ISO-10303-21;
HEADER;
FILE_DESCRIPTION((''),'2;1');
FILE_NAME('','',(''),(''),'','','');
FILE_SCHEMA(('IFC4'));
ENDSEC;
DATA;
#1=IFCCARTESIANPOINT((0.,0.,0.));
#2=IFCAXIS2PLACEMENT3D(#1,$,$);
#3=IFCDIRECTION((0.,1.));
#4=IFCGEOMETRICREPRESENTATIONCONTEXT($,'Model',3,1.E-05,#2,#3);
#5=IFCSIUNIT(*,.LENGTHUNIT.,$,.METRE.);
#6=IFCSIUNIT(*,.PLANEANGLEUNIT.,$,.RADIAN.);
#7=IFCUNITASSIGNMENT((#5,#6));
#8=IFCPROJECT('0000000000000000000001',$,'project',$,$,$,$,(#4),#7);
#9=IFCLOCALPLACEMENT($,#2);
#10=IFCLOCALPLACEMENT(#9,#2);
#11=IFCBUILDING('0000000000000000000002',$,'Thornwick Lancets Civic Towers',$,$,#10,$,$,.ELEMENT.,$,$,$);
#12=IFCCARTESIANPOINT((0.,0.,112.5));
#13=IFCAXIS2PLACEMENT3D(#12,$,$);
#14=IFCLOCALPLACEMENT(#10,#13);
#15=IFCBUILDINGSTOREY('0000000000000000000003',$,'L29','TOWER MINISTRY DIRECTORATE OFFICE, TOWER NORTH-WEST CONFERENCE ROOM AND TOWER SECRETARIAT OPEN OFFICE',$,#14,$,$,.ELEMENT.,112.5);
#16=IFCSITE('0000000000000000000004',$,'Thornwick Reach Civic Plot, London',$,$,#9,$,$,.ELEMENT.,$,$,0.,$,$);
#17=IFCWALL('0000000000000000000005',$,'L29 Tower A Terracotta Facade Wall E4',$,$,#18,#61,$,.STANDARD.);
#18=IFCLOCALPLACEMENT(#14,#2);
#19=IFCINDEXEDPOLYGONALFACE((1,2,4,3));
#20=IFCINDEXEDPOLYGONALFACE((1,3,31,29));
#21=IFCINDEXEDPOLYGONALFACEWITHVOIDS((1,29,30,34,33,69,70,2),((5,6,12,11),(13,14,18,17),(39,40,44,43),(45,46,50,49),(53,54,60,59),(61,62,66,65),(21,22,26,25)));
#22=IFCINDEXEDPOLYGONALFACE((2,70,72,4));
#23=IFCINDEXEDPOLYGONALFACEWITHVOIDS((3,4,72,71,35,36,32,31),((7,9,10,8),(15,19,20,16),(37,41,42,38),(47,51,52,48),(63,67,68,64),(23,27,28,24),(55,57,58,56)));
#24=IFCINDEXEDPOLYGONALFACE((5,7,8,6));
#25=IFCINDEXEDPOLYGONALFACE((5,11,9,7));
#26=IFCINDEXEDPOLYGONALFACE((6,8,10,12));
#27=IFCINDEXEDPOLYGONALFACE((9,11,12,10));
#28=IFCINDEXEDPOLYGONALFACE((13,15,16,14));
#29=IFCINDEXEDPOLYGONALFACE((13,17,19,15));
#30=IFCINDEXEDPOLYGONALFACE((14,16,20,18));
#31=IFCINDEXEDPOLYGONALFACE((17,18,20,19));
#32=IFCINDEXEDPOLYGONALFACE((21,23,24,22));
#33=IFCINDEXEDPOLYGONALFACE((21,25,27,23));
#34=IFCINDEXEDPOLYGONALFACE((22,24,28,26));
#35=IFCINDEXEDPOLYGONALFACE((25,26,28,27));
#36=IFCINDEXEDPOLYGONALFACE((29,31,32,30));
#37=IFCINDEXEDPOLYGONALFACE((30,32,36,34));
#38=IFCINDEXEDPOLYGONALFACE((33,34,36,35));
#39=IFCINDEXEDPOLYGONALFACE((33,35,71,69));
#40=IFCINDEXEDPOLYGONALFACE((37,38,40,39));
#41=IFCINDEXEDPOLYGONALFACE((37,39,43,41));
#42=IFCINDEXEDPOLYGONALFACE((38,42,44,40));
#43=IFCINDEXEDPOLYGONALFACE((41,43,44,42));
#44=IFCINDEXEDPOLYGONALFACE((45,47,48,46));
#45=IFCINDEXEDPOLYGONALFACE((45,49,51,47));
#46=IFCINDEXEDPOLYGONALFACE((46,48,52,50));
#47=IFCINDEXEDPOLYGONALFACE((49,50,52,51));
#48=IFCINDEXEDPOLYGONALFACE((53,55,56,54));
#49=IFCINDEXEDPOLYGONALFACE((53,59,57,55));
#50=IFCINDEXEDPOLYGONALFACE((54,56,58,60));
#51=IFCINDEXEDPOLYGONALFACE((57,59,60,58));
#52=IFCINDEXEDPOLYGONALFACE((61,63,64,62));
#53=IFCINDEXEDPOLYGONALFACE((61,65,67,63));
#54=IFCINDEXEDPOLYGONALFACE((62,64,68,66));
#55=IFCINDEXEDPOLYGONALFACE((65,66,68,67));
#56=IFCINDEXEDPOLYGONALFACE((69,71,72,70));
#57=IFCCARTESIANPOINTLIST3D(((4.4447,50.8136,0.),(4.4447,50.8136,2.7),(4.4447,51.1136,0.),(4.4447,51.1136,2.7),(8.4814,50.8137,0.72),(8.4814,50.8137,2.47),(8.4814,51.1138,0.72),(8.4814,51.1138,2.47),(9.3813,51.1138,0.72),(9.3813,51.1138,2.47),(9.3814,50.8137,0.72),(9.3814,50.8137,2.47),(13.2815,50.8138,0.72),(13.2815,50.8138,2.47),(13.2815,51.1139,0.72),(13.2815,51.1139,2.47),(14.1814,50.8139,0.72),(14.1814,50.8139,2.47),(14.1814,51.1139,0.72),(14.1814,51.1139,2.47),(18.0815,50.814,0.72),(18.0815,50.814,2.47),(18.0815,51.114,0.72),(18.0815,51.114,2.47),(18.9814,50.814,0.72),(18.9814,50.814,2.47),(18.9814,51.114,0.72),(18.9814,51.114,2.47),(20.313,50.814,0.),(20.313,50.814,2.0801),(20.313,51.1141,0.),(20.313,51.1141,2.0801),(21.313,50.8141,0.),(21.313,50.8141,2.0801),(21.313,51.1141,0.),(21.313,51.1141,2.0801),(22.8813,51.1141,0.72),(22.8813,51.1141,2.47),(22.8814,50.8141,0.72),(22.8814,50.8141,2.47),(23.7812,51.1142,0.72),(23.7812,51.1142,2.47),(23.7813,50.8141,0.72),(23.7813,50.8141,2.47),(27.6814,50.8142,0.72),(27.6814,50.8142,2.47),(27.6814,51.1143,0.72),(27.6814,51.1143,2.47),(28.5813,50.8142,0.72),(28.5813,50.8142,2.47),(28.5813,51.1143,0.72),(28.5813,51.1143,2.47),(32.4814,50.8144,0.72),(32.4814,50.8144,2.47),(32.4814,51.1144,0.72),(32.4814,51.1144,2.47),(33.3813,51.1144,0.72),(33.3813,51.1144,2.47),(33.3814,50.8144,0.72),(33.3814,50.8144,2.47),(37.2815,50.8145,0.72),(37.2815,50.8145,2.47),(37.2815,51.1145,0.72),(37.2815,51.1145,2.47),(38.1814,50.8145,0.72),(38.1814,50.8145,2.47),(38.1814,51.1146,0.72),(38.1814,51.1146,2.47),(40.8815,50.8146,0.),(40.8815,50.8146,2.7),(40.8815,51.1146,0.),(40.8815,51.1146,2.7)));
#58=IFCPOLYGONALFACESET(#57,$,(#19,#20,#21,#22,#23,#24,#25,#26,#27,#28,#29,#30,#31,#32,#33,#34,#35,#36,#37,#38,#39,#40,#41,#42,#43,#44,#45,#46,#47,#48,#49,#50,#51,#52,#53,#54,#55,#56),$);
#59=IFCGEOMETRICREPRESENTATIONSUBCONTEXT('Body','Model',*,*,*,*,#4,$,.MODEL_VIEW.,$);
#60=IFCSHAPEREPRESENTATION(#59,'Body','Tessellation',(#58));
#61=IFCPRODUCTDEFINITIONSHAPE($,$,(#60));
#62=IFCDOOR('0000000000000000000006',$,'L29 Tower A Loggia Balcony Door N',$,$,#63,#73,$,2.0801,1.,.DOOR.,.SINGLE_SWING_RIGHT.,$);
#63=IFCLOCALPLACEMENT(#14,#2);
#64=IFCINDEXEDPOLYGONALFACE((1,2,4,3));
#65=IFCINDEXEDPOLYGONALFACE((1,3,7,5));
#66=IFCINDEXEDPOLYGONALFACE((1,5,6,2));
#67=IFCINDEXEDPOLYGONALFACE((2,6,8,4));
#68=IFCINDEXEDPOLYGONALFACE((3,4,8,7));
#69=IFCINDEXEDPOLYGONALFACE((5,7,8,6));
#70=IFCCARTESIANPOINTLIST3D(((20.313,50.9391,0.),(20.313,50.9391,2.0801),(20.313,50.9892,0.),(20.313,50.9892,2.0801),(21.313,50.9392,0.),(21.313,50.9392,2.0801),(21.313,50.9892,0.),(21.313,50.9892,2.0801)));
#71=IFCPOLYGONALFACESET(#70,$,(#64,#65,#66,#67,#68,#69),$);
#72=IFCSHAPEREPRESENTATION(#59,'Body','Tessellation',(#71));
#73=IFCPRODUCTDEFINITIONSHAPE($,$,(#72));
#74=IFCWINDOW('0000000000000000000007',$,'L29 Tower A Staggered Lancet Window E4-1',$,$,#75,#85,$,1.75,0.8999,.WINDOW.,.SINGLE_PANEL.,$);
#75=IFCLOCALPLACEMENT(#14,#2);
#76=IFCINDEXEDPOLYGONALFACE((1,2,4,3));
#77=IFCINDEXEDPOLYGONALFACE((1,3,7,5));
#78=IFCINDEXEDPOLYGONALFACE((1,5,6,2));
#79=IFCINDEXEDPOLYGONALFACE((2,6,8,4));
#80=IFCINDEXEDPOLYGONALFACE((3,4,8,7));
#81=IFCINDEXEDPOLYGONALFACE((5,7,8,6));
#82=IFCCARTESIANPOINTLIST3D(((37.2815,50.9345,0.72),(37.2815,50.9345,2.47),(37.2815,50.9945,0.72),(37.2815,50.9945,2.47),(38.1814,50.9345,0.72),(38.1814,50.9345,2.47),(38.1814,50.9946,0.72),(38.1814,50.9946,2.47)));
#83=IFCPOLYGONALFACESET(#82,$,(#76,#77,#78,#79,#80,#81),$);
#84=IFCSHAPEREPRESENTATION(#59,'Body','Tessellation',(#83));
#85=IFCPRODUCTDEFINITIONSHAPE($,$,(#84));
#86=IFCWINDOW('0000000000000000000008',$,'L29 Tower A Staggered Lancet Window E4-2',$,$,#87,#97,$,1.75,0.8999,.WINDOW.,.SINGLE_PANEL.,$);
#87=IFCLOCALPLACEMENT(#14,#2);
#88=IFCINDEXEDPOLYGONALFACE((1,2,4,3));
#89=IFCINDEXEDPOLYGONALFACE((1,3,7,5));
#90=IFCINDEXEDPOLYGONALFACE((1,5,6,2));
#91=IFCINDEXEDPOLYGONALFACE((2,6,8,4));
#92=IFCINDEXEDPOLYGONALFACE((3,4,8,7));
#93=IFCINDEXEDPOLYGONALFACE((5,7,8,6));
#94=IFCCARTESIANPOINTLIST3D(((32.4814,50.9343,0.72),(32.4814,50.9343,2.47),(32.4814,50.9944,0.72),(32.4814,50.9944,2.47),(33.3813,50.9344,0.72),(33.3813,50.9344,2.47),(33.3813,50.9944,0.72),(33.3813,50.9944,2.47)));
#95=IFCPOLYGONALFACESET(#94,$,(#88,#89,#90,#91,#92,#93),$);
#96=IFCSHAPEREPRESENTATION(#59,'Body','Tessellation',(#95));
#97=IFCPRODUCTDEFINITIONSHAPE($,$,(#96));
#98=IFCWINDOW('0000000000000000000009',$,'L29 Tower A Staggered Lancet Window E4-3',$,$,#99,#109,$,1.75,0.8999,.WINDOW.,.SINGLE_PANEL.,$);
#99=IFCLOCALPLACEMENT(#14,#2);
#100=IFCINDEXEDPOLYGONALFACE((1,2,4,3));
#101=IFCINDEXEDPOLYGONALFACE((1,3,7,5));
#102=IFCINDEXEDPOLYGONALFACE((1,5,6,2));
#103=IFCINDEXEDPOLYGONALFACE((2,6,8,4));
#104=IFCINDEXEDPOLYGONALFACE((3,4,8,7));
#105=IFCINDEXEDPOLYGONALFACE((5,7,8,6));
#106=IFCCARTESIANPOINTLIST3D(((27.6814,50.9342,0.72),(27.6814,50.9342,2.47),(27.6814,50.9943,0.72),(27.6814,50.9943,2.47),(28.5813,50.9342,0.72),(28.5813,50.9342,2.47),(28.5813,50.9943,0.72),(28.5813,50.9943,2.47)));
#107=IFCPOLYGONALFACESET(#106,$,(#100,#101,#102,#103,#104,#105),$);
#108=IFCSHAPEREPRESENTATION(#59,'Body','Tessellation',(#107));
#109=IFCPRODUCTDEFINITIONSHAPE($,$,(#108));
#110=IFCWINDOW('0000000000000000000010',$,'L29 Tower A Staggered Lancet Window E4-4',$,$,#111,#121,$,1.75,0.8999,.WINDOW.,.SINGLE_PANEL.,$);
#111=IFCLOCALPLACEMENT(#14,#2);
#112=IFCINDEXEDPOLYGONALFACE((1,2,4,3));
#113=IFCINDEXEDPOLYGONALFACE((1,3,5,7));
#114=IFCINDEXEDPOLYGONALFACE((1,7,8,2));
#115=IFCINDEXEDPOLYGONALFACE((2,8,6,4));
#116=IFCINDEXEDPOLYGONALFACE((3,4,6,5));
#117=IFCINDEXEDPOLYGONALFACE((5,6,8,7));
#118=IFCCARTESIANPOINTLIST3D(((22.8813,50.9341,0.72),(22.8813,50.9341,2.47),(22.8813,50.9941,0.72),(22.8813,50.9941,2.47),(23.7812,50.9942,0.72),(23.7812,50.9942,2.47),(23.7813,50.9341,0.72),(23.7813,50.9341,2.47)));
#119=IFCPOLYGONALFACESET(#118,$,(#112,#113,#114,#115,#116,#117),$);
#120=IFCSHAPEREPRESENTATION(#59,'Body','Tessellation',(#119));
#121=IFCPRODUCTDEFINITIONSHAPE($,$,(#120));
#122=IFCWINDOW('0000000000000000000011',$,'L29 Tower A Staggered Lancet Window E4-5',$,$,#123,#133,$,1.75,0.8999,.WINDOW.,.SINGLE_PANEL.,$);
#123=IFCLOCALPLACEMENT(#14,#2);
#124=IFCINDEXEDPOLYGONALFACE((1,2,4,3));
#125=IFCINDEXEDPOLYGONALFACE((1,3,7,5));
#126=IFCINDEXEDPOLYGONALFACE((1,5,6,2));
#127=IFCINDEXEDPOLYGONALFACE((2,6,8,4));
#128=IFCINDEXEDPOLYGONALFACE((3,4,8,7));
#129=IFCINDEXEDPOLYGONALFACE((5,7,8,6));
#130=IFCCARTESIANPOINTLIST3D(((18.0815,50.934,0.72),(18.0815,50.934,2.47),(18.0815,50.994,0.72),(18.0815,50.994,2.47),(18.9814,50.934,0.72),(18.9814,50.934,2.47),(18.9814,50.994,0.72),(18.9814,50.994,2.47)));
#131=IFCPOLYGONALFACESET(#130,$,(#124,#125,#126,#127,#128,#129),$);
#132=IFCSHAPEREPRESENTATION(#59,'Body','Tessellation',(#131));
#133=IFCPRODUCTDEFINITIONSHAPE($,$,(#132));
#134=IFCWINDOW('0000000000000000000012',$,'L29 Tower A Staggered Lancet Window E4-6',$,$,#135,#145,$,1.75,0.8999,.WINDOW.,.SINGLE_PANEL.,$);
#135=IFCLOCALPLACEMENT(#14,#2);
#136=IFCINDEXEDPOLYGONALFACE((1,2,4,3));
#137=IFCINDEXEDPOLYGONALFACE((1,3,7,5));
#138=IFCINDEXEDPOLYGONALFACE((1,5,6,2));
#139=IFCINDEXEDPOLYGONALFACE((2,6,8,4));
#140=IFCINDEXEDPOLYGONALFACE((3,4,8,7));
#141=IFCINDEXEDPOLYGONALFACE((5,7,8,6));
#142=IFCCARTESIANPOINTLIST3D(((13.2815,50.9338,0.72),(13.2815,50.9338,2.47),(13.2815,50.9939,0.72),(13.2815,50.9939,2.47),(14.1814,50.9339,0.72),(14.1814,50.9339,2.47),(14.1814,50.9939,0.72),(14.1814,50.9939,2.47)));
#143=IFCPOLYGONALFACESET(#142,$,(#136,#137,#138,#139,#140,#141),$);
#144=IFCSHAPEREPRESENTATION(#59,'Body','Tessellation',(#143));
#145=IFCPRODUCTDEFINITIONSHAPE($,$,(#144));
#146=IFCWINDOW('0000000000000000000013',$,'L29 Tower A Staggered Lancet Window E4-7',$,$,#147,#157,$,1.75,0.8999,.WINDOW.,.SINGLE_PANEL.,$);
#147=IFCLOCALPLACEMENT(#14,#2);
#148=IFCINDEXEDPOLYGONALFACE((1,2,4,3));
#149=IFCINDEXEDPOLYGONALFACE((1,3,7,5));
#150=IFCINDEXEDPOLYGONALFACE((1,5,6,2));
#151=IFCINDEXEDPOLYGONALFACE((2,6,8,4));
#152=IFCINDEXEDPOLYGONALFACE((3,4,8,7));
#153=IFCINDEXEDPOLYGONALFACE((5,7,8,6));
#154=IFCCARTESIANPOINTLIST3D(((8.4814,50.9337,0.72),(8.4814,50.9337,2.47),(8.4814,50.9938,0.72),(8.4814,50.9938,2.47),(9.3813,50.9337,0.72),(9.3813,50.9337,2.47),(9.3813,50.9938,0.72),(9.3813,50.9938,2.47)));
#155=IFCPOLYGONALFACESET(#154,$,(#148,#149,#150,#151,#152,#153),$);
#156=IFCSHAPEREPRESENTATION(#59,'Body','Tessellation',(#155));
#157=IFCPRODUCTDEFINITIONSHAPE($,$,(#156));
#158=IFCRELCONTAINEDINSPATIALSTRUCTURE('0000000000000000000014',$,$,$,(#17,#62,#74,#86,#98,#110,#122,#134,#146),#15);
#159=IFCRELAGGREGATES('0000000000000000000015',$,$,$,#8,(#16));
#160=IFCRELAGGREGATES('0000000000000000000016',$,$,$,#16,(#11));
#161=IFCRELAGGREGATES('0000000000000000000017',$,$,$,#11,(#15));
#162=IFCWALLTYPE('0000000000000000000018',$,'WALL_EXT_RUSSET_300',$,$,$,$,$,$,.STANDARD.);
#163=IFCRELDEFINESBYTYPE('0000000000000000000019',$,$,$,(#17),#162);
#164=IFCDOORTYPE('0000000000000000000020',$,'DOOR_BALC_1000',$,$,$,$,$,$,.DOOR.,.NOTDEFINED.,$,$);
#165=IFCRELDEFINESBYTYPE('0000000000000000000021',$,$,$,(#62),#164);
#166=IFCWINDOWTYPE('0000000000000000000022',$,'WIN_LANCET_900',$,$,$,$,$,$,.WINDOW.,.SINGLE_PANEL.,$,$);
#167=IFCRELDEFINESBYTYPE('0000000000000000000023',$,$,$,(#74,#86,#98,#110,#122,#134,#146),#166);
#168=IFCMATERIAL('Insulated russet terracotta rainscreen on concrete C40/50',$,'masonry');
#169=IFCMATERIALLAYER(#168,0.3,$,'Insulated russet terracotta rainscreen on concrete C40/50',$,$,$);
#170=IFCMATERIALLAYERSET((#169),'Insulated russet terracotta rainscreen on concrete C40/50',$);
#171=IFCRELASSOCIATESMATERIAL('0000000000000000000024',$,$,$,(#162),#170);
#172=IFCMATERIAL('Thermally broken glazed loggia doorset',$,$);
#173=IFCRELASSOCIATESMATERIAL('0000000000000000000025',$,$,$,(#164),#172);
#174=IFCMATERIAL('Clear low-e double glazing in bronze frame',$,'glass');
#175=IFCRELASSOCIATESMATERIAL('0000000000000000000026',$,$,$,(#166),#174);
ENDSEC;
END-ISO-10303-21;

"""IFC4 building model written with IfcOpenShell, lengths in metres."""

from ifc_helpers import new_model, si_unit, direction, frame, frame_2d, origin, place, context, subcontext, project, spatial, rectangle, extrude, material, layer, layer_set, type_object, element, fill, save


model = new_model("IFC4")

# Units and contexts
model_context = context("Model", 3, precision=1e-05, world=origin(), true_north=direction((0.0, 1.0)))
body_context = subcontext(model_context, "Body", "Model", "MODEL_VIEW")
ifc_project = project(units=[si_unit("LENGTHUNIT", "METRE"), si_unit("PLANEANGLEUNIT", "RADIAN")], contexts=[model_context])

# Site, building, storey
site_placement = place(None, origin())
site = spatial("IfcSite", under=ifc_project, at=site_placement, Name="Thornwick Reach Civic Plot, London", CompositionType="ELEMENT", RefElevation=0.0)
building_placement = place(site_placement, origin())
building = spatial("IfcBuilding", under=site, at=building_placement, Name="Thornwick Lancets Civic Towers", CompositionType="ELEMENT")
storey_placement = place(building_placement, frame((0.0, 0.0, 112.5)))
storey = spatial("IfcBuildingStorey", under=building, at=storey_placement, Name="L29", Description="TOWER MINISTRY DIRECTORATE OFFICE, TOWER NORTH-WEST CONFERENCE ROOM AND TOWER SECRETARIAT OPEN OFFICE", CompositionType="ELEMENT", Elevation=112.5)

# Wall, openings, door, windows
ifc_material_1 = material(Name="Insulated russet terracotta rainscreen on concrete C40/50", Category="masonry")
ifc_layer_1 = layer(ifc_material_1, 0.3, Name="Insulated russet terracotta rainscreen on concrete C40/50")
ifc_layer_set_1 = layer_set([ifc_layer_1], Name="Insulated russet terracotta rainscreen on concrete C40/50")
wall_type_1 = type_object("IfcWallType", Name="WALL_EXT_RUSSET_300", PredefinedType="STANDARD", material=ifc_layer_set_1)
wall_1_placement = place(storey_placement, frame((40.8813, 50.9646, 0.0), z_axis=(0.0, 0.0, 1.0), x_axis=(-1.0, -0.000027, 0.0)))
wall_1 = element("IfcWall", 1, at=wall_1_placement, inside=storey, type_object=wall_type_1, Name="L29 Tower A Terracotta Facade Wall E4", PredefinedType="STANDARD", context=body_context, shape_type="SweptSolid", body=[
    extrude(rectangle(XDim=36.4368, YDim=0.3, at=frame_2d((18.2183, 0.0))), origin(), (0.0, 0.0, 1.0), 2.7),
])
opening_1_placement = place(wall_1_placement, frame((19.5684, 0.0, 0.0)))
opening_1 = element("IfcOpeningElement", 2, at=opening_1_placement, cuts=wall_1, PredefinedType="OPENING", context=body_context, shape_type="SweptSolid", body=[
    extrude(rectangle(XDim=1.0, YDim=2.0801, at=frame_2d((0.5, 1.04))), frame((0.0, 0.1602, 0.0), z_axis=(0.0, -1.0, 0.0), x_axis=(1.0, 0.0, 0.0)), (0.0, 0.0, 1.0), 0.3201),
])
opening_2_placement = place(wall_1_placement, frame((2.7, 0.0, 0.72)))
opening_2 = element("IfcOpeningElement", 3, at=opening_2_placement, cuts=wall_1, PredefinedType="OPENING", context=body_context, shape_type="SweptSolid", body=[
    extrude(rectangle(XDim=0.8999, YDim=1.75, at=frame_2d((0.45, 0.875))), frame((0.0, 0.1602, 0.0), z_axis=(0.0, -1.0, 0.0), x_axis=(1.0, 0.0, 0.0)), (0.0, 0.0, 1.0), 0.3201),
])
opening_3_placement = place(wall_1_placement, frame((7.5, 0.0, 0.72)))
opening_3 = element("IfcOpeningElement", 4, at=opening_3_placement, cuts=wall_1, PredefinedType="OPENING", context=body_context, shape_type="SweptSolid", body=[
    extrude(rectangle(XDim=0.8999, YDim=1.75, at=frame_2d((0.45, 0.875))), frame((0.0, 0.1602, 0.0), z_axis=(0.0, -1.0, 0.0), x_axis=(1.0, 0.0, 0.0)), (0.0, 0.0, 1.0), 0.3201),
])
opening_4_placement = place(wall_1_placement, frame((12.3, 0.0, 0.72)))
opening_4 = element("IfcOpeningElement", 5, at=opening_4_placement, cuts=wall_1, PredefinedType="OPENING", context=body_context, shape_type="SweptSolid", body=[
    extrude(rectangle(XDim=0.8999, YDim=1.75, at=frame_2d((0.45, 0.875))), frame((0.0, 0.1602, 0.0), z_axis=(0.0, -1.0, 0.0), x_axis=(1.0, 0.0, 0.0)), (0.0, 0.0, 1.0), 0.3201),
])
opening_5_placement = place(wall_1_placement, frame((17.1001, 0.0, 0.72)))
opening_5 = element("IfcOpeningElement", 6, at=opening_5_placement, cuts=wall_1, PredefinedType="OPENING", context=body_context, shape_type="SweptSolid", body=[
    extrude(rectangle(XDim=0.8999, YDim=1.75, at=frame_2d((0.45, 0.875))), frame((0.0, 0.1602, 0.0), z_axis=(0.0, -1.0, 0.0), x_axis=(1.0, 0.0, 0.0)), (0.0, 0.0, 1.0), 0.3201),
])
opening_6_placement = place(wall_1_placement, frame((21.8999, 0.0, 0.72)))
opening_6 = element("IfcOpeningElement", 7, at=opening_6_placement, cuts=wall_1, PredefinedType="OPENING", context=body_context, shape_type="SweptSolid", body=[
    extrude(rectangle(XDim=0.8999, YDim=1.75, at=frame_2d((0.45, 0.875))), frame((0.0, 0.1602, 0.0), z_axis=(0.0, -1.0, 0.0), x_axis=(1.0, 0.0, 0.0)), (0.0, 0.0, 1.0), 0.3201),
])
opening_7_placement = place(wall_1_placement, frame((26.7, 0.0, 0.72)))
opening_7 = element("IfcOpeningElement", 8, at=opening_7_placement, cuts=wall_1, PredefinedType="OPENING", context=body_context, shape_type="SweptSolid", body=[
    extrude(rectangle(XDim=0.8999, YDim=1.75, at=frame_2d((0.45, 0.875))), frame((0.0, 0.1602, 0.0), z_axis=(0.0, -1.0, 0.0), x_axis=(1.0, 0.0, 0.0)), (0.0, 0.0, 1.0), 0.3201),
])
opening_8_placement = place(wall_1_placement, frame((31.5, 0.0, 0.72)))
opening_8 = element("IfcOpeningElement", 9, at=opening_8_placement, cuts=wall_1, PredefinedType="OPENING", context=body_context, shape_type="SweptSolid", body=[
    extrude(rectangle(XDim=0.8999, YDim=1.75, at=frame_2d((0.45, 0.875))), frame((0.0, 0.1602, 0.0), z_axis=(0.0, -1.0, 0.0), x_axis=(1.0, 0.0, 0.0)), (0.0, 0.0, 1.0), 0.3201),
])
ifc_material_2 = material(Name="Thermally broken glazed loggia doorset")
door_type_1 = type_object("IfcDoorType", Name="DOOR_BALC_1000", OperationType="NOTDEFINED", PredefinedType="DOOR", material=ifc_material_2)
door_1_placement = place(opening_1_placement, origin())
door_1 = element("IfcDoor", 10, at=door_1_placement, inside=storey, type_object=door_type_1, Name="L29 Tower A Loggia Balcony Door N", OperationType="SINGLE_SWING_RIGHT", OverallHeight=2.0801, OverallWidth=1.0, PredefinedType="DOOR", context=body_context, shape_type="SweptSolid", body=[
    extrude(rectangle(XDim=1.0, YDim=2.0801, at=frame_2d((0.5, 1.04))), frame((0.0, 0.0249, 0.0), z_axis=(0.0, -1.0, 0.0), x_axis=(1.0, 0.0, 0.0)), (0.0, 0.0, 1.0), 0.05),
])
fill(opening_1, door_1)
ifc_material_3 = material(Name="Clear low-e double glazing in bronze frame", Category="glass")
window_type = type_object("IfcWindowType", Name="WIN_LANCET_900", PartitioningType="SINGLE_PANEL", PredefinedType="WINDOW", material=ifc_material_3)
window_1_placement = place(opening_2_placement, origin())
window_1 = element("IfcWindow", 11, at=window_1_placement, inside=storey, type_object=window_type, Name="L29 Tower A Staggered Lancet Window E4-1", OverallHeight=1.75, OverallWidth=0.8999, PartitioningType="SINGLE_PANEL", PredefinedType="WINDOW", context=body_context, shape_type="SweptSolid", body=[
    extrude(rectangle(XDim=0.8999, YDim=1.75, at=frame_2d((0.45, 0.875))), frame((0.0, 0.03, 0.0), z_axis=(0.0, -1.0, 0.0), x_axis=(1.0, 0.0, 0.0)), (0.0, 0.0, 1.0), 0.0601),
])
fill(opening_2, window_1)
window_2_placement = place(opening_3_placement, origin())
window_2 = element("IfcWindow", 12, at=window_2_placement, inside=storey, type_object=window_type, Name="L29 Tower A Staggered Lancet Window E4-2", OverallHeight=1.75, OverallWidth=0.8999, PartitioningType="SINGLE_PANEL", PredefinedType="WINDOW", context=body_context, shape_type="SweptSolid", body=[
    extrude(rectangle(XDim=0.8999, YDim=1.75, at=frame_2d((0.45, 0.875))), frame((0.0, 0.03, 0.0), z_axis=(0.0, -1.0, 0.0), x_axis=(1.0, 0.0, 0.0)), (0.0, 0.0, 1.0), 0.0601),
])
fill(opening_3, window_2)
window_3_placement = place(opening_4_placement, origin())
window_3 = element("IfcWindow", 13, at=window_3_placement, inside=storey, type_object=window_type, Name="L29 Tower A Staggered Lancet Window E4-3", OverallHeight=1.75, OverallWidth=0.8999, PartitioningType="SINGLE_PANEL", PredefinedType="WINDOW", context=body_context, shape_type="SweptSolid", body=[
    extrude(rectangle(XDim=0.8999, YDim=1.75, at=frame_2d((0.45, 0.875))), frame((0.0, 0.03, 0.0), z_axis=(0.0, -1.0, 0.0), x_axis=(1.0, 0.0, 0.0)), (0.0, 0.0, 1.0), 0.0601),
])
fill(opening_4, window_3)
window_4_placement = place(opening_5_placement, origin())
window_4 = element("IfcWindow", 14, at=window_4_placement, inside=storey, type_object=window_type, Name="L29 Tower A Staggered Lancet Window E4-4", OverallHeight=1.75, OverallWidth=0.8999, PartitioningType="SINGLE_PANEL", PredefinedType="WINDOW", context=body_context, shape_type="SweptSolid", body=[
    extrude(rectangle(XDim=0.8999, YDim=1.75, at=frame_2d((0.45, 0.875))), frame((0.0, 0.03, 0.0), z_axis=(0.0, -1.0, 0.0), x_axis=(1.0, 0.0, 0.0)), (0.0, 0.0, 1.0), 0.0601),
])
fill(opening_5, window_4)
window_5_placement = place(opening_6_placement, origin())
window_5 = element("IfcWindow", 15, at=window_5_placement, inside=storey, type_object=window_type, Name="L29 Tower A Staggered Lancet Window E4-5", OverallHeight=1.75, OverallWidth=0.8999, PartitioningType="SINGLE_PANEL", PredefinedType="WINDOW", context=body_context, shape_type="SweptSolid", body=[
    extrude(rectangle(XDim=0.8999, YDim=1.75, at=frame_2d((0.45, 0.875))), frame((0.0, 0.03, 0.0), z_axis=(0.0, -1.0, 0.0), x_axis=(1.0, 0.0, 0.0)), (0.0, 0.0, 1.0), 0.0601),
])
fill(opening_6, window_5)
window_6_placement = place(opening_7_placement, origin())
window_6 = element("IfcWindow", 16, at=window_6_placement, inside=storey, type_object=window_type, Name="L29 Tower A Staggered Lancet Window E4-6", OverallHeight=1.75, OverallWidth=0.8999, PartitioningType="SINGLE_PANEL", PredefinedType="WINDOW", context=body_context, shape_type="SweptSolid", body=[
    extrude(rectangle(XDim=0.8999, YDim=1.75, at=frame_2d((0.45, 0.875))), frame((0.0, 0.03, 0.0), z_axis=(0.0, -1.0, 0.0), x_axis=(1.0, 0.0, 0.0)), (0.0, 0.0, 1.0), 0.0601),
])
fill(opening_7, window_6)
window_7_placement = place(opening_8_placement, origin())
window_7 = element("IfcWindow", 17, at=window_7_placement, inside=storey, type_object=window_type, Name="L29 Tower A Staggered Lancet Window E4-7", OverallHeight=1.75, OverallWidth=0.8999, PartitioningType="SINGLE_PANEL", PredefinedType="WINDOW", context=body_context, shape_type="SweptSolid", body=[
    extrude(rectangle(XDim=0.8999, YDim=1.75, at=frame_2d((0.45, 0.875))), frame((0.0, 0.03, 0.0), z_axis=(0.0, -1.0, 0.0), x_axis=(1.0, 0.0, 0.0)), (0.0, 0.0, 1.0), 0.0601),
])
fill(opening_8, window_7)

save(model, "model.ifc")
